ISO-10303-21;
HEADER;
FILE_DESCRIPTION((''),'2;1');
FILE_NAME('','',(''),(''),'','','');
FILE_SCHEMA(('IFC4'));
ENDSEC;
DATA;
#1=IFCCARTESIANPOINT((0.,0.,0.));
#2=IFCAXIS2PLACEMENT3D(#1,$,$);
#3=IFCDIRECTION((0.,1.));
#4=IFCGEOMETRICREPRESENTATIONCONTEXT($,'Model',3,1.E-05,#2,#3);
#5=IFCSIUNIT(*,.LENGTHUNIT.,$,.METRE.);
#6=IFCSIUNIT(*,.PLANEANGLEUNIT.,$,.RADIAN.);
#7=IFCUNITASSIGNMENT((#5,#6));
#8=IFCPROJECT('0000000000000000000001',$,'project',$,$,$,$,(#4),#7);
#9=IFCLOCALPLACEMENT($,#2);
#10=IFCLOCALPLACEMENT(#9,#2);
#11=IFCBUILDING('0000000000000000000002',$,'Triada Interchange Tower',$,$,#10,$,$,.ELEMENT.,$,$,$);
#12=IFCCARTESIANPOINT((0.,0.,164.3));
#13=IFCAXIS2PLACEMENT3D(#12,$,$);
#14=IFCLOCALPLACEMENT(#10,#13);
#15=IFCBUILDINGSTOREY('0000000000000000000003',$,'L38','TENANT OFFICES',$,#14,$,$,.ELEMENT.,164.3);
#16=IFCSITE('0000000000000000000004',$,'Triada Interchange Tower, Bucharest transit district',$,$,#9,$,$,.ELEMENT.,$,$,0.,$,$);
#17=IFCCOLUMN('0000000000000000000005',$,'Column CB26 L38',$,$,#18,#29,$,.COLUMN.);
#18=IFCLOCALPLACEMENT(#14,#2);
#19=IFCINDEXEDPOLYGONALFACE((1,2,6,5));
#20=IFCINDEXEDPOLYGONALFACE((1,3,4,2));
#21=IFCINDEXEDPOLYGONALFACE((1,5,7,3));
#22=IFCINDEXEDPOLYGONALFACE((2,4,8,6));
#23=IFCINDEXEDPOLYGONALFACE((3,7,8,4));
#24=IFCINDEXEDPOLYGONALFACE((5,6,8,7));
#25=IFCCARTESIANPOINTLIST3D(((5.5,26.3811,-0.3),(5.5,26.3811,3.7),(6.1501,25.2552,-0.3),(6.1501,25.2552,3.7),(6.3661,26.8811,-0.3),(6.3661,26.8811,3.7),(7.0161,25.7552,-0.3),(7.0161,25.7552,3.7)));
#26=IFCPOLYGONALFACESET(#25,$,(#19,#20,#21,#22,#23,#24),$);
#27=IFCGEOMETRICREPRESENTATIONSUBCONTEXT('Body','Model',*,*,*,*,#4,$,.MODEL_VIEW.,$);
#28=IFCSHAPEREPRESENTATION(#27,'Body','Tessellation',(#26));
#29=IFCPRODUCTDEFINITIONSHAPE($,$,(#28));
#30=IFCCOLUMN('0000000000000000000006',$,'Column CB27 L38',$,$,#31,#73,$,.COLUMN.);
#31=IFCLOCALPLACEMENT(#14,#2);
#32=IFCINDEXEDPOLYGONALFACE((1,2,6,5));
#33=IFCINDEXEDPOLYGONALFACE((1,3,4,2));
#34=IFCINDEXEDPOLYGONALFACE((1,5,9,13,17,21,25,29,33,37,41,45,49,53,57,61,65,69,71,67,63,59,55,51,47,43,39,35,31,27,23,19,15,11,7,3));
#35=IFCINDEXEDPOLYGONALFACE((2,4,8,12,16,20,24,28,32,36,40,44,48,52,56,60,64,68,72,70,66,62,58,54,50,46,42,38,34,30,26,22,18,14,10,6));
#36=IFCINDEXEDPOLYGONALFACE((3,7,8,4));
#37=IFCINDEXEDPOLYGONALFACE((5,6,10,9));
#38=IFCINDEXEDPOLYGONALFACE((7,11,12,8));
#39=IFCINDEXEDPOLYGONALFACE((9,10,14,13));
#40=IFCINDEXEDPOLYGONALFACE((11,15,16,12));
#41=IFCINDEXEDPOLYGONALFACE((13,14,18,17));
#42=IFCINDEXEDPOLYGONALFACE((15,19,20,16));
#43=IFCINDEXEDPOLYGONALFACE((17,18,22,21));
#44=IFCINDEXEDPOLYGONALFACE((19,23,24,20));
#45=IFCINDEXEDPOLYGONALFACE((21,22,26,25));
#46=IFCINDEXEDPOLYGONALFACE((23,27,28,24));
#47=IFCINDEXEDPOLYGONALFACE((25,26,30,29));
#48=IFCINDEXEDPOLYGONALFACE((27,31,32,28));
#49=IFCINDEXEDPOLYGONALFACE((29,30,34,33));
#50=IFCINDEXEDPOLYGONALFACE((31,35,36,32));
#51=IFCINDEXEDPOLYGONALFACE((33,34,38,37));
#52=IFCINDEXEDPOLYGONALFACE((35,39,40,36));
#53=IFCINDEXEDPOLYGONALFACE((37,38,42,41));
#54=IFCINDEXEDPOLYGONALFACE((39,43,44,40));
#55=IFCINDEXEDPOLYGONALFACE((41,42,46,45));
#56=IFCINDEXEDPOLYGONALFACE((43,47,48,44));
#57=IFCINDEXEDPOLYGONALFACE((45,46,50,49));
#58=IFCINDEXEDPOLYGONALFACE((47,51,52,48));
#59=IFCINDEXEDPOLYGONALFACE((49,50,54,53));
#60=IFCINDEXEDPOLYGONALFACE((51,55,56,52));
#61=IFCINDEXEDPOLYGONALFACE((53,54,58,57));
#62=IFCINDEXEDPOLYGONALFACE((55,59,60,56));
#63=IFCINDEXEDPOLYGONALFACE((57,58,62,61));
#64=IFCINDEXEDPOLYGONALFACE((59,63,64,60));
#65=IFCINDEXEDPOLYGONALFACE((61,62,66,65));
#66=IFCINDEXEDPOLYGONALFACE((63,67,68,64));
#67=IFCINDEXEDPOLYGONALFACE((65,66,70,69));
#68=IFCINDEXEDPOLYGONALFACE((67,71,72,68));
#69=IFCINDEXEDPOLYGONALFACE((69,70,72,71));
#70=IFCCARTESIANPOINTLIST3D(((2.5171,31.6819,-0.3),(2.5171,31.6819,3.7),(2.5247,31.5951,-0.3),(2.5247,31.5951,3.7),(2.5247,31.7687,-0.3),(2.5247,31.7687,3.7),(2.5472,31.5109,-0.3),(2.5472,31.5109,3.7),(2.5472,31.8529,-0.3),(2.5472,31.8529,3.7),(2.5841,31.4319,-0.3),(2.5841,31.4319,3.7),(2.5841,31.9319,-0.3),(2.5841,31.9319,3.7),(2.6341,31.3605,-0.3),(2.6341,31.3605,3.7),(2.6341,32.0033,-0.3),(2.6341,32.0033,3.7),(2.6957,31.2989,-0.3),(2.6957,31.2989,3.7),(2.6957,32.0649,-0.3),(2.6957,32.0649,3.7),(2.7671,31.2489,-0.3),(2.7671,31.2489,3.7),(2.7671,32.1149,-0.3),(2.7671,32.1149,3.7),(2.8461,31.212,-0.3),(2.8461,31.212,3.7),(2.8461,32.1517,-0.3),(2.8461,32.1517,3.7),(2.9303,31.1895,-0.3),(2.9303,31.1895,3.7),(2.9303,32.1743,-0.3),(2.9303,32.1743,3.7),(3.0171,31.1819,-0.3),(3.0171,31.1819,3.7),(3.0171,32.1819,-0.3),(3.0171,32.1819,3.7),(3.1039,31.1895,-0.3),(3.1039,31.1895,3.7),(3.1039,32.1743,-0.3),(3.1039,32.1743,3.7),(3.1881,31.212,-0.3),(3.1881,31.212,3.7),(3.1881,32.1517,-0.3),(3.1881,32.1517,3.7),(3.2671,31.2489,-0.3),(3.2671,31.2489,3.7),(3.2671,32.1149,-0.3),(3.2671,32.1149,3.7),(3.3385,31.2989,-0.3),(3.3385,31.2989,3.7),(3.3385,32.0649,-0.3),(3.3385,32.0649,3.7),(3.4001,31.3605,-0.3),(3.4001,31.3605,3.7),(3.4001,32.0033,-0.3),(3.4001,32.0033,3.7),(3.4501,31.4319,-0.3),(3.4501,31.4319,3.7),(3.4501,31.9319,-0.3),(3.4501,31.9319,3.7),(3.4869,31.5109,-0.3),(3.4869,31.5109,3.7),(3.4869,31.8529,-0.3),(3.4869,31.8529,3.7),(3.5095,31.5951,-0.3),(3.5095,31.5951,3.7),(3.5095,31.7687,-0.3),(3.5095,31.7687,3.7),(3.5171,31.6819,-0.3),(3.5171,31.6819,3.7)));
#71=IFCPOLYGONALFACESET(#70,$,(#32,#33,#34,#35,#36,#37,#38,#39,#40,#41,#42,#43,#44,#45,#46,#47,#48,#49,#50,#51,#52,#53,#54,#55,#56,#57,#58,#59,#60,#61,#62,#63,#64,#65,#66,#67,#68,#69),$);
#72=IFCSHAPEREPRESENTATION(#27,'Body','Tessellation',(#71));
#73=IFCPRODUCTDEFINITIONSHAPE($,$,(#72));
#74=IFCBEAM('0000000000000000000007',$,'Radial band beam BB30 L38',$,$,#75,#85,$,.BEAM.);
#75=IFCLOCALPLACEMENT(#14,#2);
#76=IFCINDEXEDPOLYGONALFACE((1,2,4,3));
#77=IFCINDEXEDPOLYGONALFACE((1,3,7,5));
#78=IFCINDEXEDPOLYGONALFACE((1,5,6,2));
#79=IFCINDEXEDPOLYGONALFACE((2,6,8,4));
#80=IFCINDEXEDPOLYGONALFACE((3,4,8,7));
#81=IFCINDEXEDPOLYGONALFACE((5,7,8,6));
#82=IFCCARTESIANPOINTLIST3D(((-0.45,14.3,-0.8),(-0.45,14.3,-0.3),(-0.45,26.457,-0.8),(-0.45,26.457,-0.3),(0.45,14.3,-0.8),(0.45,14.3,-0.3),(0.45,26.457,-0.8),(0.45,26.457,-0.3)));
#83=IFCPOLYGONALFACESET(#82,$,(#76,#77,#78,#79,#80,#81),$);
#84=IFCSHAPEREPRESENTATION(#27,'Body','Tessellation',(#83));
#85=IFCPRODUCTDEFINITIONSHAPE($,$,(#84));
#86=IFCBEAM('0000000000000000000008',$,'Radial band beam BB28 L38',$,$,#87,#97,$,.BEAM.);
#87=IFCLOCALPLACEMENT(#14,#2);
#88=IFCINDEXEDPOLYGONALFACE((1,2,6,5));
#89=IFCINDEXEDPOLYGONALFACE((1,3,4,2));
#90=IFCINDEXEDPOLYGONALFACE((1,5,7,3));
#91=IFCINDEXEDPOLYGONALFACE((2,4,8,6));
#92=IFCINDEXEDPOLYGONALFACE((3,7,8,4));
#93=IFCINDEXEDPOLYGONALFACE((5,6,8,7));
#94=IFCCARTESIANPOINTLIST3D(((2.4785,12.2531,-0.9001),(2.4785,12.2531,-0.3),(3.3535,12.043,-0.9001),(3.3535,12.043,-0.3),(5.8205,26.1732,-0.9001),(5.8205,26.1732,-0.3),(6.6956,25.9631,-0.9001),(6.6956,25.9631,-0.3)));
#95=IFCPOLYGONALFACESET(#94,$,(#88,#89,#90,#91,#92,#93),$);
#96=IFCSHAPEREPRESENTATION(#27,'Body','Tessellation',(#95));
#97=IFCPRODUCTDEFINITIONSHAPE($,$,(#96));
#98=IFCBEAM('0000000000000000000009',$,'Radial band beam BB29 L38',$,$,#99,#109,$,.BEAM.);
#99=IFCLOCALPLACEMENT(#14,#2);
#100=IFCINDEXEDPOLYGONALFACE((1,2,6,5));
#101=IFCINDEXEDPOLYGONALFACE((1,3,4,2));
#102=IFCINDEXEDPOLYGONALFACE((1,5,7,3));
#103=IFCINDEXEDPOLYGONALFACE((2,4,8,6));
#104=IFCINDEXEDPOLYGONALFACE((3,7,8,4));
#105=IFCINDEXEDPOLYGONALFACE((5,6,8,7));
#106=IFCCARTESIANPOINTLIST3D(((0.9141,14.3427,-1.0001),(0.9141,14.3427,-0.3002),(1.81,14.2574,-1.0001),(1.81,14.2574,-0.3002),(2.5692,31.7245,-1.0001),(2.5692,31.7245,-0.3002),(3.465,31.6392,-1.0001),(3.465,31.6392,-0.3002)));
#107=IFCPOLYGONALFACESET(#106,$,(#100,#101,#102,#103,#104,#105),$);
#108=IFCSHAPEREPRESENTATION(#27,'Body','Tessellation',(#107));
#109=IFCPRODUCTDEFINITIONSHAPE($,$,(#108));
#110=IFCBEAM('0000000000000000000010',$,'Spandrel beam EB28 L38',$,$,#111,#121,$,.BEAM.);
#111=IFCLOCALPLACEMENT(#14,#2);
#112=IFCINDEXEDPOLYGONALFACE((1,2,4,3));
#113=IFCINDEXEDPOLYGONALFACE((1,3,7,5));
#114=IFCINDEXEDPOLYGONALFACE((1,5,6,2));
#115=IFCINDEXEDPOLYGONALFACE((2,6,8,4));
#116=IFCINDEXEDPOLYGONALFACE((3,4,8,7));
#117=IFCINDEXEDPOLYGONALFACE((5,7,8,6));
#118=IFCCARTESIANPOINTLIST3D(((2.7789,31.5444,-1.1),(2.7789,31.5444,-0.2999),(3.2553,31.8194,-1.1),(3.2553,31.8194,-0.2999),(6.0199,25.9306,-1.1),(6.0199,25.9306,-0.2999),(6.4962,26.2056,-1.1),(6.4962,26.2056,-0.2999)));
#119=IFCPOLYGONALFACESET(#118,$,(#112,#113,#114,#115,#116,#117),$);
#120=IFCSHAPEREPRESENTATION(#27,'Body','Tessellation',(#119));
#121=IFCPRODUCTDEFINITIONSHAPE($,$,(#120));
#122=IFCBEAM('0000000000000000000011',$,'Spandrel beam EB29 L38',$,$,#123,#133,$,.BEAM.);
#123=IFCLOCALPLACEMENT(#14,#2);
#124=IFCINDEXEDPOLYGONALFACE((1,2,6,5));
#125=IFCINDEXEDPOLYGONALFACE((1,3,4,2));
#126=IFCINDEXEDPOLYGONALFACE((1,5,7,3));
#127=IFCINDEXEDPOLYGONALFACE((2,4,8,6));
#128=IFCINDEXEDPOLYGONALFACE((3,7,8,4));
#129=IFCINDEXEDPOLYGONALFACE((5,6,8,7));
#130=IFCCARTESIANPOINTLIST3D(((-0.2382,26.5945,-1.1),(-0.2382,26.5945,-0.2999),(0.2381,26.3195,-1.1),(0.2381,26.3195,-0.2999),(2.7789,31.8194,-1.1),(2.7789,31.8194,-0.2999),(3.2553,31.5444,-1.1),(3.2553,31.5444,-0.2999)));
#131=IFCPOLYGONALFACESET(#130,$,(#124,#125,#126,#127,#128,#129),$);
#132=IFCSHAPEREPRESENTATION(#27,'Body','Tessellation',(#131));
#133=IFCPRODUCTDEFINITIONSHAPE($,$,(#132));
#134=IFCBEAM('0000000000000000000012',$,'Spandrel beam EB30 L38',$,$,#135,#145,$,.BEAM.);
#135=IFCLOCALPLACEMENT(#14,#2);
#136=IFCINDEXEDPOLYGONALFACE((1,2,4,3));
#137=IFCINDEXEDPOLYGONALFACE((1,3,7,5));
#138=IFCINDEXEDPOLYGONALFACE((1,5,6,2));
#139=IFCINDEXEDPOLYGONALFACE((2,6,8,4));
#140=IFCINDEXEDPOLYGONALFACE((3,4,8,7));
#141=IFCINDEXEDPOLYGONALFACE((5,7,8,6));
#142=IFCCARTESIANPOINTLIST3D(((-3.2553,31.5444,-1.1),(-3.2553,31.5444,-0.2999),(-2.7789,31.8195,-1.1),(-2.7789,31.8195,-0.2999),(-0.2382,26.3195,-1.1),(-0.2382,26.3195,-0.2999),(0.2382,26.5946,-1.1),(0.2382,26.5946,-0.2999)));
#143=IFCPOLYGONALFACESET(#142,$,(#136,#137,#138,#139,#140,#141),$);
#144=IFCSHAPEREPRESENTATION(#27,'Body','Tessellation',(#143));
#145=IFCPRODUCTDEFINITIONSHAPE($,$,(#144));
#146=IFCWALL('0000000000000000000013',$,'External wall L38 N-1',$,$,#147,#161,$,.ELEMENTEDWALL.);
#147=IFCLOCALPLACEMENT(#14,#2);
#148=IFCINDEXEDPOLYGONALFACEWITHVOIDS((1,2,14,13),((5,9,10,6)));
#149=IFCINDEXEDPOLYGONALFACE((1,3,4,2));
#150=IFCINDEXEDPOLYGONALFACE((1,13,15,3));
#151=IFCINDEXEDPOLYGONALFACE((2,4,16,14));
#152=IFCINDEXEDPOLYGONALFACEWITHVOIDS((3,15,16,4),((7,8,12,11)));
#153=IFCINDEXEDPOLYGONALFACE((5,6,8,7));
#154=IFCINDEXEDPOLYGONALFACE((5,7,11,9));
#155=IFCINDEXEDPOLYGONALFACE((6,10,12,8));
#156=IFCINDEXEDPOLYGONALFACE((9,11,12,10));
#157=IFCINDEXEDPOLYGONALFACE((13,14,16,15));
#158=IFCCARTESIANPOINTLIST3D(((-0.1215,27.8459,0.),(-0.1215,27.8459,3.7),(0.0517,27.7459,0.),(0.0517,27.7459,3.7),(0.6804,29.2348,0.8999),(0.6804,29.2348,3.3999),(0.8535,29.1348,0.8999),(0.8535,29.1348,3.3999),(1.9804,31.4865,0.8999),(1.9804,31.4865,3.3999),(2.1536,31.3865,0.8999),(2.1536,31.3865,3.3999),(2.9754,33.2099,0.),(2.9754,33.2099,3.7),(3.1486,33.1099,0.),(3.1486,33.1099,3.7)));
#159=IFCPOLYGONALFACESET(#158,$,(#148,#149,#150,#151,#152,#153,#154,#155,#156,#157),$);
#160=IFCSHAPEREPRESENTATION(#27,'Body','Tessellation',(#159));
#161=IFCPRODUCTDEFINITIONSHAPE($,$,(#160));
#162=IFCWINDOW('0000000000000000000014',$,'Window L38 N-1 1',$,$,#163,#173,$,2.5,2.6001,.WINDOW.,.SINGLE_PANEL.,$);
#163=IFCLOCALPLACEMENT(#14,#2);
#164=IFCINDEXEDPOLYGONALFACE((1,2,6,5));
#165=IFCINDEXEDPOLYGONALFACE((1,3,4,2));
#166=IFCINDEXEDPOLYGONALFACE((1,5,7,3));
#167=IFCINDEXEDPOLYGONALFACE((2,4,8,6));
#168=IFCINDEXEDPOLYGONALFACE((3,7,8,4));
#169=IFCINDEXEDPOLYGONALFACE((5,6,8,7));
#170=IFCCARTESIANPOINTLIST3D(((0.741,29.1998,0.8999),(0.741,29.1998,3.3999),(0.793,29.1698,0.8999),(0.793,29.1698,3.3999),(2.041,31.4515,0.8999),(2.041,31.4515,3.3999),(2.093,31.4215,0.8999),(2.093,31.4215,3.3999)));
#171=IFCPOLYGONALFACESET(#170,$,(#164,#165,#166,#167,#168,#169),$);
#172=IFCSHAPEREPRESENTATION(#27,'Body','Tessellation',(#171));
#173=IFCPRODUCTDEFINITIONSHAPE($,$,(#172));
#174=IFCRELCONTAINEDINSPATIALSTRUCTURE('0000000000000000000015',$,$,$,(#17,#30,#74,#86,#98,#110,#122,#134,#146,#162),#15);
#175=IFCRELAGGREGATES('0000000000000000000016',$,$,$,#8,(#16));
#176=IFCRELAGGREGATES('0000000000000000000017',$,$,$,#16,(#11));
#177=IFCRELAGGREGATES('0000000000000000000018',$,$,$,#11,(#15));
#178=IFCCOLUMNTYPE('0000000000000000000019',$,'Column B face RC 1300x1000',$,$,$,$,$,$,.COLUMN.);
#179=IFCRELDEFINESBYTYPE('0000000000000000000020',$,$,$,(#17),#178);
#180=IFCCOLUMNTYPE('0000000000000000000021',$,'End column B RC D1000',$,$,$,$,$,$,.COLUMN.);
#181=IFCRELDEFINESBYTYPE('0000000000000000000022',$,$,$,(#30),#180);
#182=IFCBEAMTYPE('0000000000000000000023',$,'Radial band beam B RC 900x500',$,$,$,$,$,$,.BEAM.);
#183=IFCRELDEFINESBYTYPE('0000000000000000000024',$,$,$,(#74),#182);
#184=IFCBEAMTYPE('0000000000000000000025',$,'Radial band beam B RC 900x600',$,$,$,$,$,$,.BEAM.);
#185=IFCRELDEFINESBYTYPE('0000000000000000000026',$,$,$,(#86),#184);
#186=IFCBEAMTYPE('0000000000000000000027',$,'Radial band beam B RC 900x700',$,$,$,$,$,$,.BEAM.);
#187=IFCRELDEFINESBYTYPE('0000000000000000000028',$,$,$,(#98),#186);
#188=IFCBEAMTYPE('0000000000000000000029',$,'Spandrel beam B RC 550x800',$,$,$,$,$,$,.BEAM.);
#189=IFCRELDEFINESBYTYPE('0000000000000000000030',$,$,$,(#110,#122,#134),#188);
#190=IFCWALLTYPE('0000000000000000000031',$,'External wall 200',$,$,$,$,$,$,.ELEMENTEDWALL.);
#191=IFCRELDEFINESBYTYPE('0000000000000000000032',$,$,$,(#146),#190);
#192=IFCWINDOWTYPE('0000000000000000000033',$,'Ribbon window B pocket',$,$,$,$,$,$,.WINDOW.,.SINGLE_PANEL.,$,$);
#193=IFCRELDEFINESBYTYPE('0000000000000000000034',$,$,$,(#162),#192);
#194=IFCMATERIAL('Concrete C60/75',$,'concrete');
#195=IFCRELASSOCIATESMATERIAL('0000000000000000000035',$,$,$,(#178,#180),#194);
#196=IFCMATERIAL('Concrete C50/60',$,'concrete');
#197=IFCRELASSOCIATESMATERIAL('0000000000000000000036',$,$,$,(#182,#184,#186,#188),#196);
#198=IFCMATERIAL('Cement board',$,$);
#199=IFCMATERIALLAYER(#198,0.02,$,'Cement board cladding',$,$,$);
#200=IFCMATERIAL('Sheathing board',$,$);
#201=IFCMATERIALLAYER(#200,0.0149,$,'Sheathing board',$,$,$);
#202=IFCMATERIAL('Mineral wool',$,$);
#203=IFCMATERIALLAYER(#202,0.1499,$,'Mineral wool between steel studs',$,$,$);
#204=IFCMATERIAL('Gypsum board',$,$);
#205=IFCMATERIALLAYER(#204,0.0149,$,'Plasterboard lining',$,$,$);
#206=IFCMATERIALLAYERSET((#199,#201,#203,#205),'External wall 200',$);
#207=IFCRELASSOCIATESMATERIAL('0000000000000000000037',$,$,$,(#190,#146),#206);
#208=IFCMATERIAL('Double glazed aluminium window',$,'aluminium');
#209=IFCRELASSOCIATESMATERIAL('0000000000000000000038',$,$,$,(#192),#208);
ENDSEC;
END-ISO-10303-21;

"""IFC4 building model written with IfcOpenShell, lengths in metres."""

from ifc_helpers import new_model, si_unit, direction, frame, frame_2d, origin, origin_2d, place, context, subcontext, project, spatial, rectangle, circle, extrude, material, layer, layer_set, layer_usage, material_profile, profile_set, type_object, element, fill, save


model = new_model("IFC4")

# Units and contexts
model_context = context("Model", 3, precision=1e-05, world=origin(), true_north=direction((0.0, 1.0)))
body_context = subcontext(model_context, "Body", "Model", "MODEL_VIEW")
ifc_project = project(units=[si_unit("LENGTHUNIT", "METRE"), si_unit("PLANEANGLEUNIT", "RADIAN")], contexts=[model_context])

# Site, building, storey
site_placement = place(None, origin())
site = spatial("IfcSite", under=ifc_project, at=site_placement, Name="Triada Interchange Tower, Bucharest transit district", CompositionType="ELEMENT", RefElevation=0.0)
building_placement = place(site_placement, origin())
building = spatial("IfcBuilding", under=site, at=building_placement, Name="Triada Interchange Tower", CompositionType="ELEMENT")
storey_placement = place(building_placement, frame((0.0, 0.0, 164.3)))
storey = spatial("IfcBuildingStorey", under=building, at=storey_placement, Name="L38", Description="TENANT OFFICES", CompositionType="ELEMENT", Elevation=164.3)

# Columns
ifc_material_1 = material(Name="Concrete C60/75", Category="concrete")
ifc_material_profile_1 = material_profile(ifc_material_1, rectangle(XDim=1.3, YDim=1.0, at=origin_2d()), Name="RC 1300x1000")
ifc_profile_set_1 = profile_set([ifc_material_profile_1], Name="Concrete C60/75")
column_type_1 = type_object("IfcColumnType", Name="Column B face RC 1300x1000", PredefinedType="COLUMN", material=ifc_profile_set_1)
column_1_placement = place(storey_placement, frame((6.2581, 26.0681, -0.3), z_axis=(0.0, 0.0, 1.0), x_axis=(-0.5, 0.866025, 0.0)))
element("IfcColumn", 1, at=column_1_placement, inside=storey, type_object=column_type_1, Name="Column CB26 L38", PredefinedType="COLUMN", context=body_context, shape_type="SweptSolid", body=[
    extrude(rectangle(XDim=1.3, YDim=1.0, at=origin_2d()), origin(), (0.0, 0.0, 1.0), 4.0),
])
ifc_material_profile_2 = material_profile(ifc_material_1, circle(Radius=0.5, at=origin_2d()), Name="RC D1000")
ifc_profile_set_2 = profile_set([ifc_material_profile_2], Name="Concrete C60/75")
column_type_2 = type_object("IfcColumnType", Name="End column B RC D1000", PredefinedType="COLUMN", material=ifc_profile_set_2)
column_2_placement = place(storey_placement, frame((3.0171, 31.6819, -0.3), z_axis=(0.0, 0.0, 1.0), x_axis=(-0.5, 0.866025, 0.0)))
element("IfcColumn", 2, at=column_2_placement, inside=storey, type_object=column_type_2, Name="Column CB27 L38", PredefinedType="COLUMN", context=body_context, shape_type="SweptSolid", body=[
    extrude(circle(Radius=0.5, at=origin_2d()), origin(), (0.0, 0.0, 1.0), 4.0),
])

# Beams
ifc_material_2 = material(Name="Concrete C50/60", Category="concrete")
ifc_material_profile_3 = material_profile(ifc_material_2, rectangle(XDim=0.8999, YDim=0.5, at=origin_2d()), Name="RC 900x500")
ifc_profile_set_3 = profile_set([ifc_material_profile_3], Name="Concrete C50/60")
beam_type_1 = type_object("IfcBeamType", Name="Radial band beam B RC 900x500", PredefinedType="BEAM", material=ifc_profile_set_3)
beam_1_placement = place(storey_placement, frame((0.0, 26.457, -0.55), z_axis=(0.0, -1.0, 0.0), x_axis=(1.0, 0.0, 0.0)))
element("IfcBeam", 3, at=beam_1_placement, inside=storey, type_object=beam_type_1, Name="Radial band beam BB30 L38", PredefinedType="BEAM", context=body_context, shape_type="SweptSolid", body=[
    extrude(rectangle(XDim=0.8999, YDim=0.5, at=origin_2d()), origin(), (0.0, 0.0, 1.0), 12.157),
])
ifc_material_profile_4 = material_profile(ifc_material_2, rectangle(XDim=0.8999, YDim=0.6001, at=origin_2d()), Name="RC 900x600")
ifc_profile_set_4 = profile_set([ifc_material_profile_4], Name="Concrete C50/60")
beam_type_2 = type_object("IfcBeamType", Name="Radial band beam B RC 900x600", PredefinedType="BEAM", material=ifc_profile_set_4)
beam_2_placement = place(storey_placement, frame((6.2581, 26.0681, -0.6001), z_axis=(-0.233452, -0.972368, 0.0), x_axis=(0.972368, -0.233452, 0.0)))
element("IfcBeam", 4, at=beam_2_placement, inside=storey, type_object=beam_type_2, Name="Radial band beam BB28 L38", PredefinedType="BEAM", context=body_context, shape_type="SweptSolid", body=[
    extrude(rectangle(XDim=0.8999, YDim=0.6001, at=origin_2d()), origin(), (0.0, 0.0, 1.0), 14.3157),
])
ifc_material_profile_5 = material_profile(ifc_material_2, rectangle(XDim=0.8999, YDim=0.7, at=origin_2d()), Name="RC 900x700")
ifc_profile_set_5 = profile_set([ifc_material_profile_5], Name="Concrete C50/60")
beam_type_3 = type_object("IfcBeamType", Name="Radial band beam B RC 900x700", PredefinedType="BEAM", material=ifc_profile_set_5)
beam_3_placement = place(storey_placement, frame((3.0171, 31.6819, -0.6501), z_axis=(-0.094787, -0.995498, 0.0), x_axis=(0.995498, -0.094787, 0.0)))
element("IfcBeam", 5, at=beam_3_placement, inside=storey, type_object=beam_type_3, Name="Radial band beam BB29 L38", PredefinedType="BEAM", context=body_context, shape_type="SweptSolid", body=[
    extrude(rectangle(XDim=0.8999, YDim=0.7, at=origin_2d()), origin(), (0.0, 0.0, 1.0), 17.4604),
])
ifc_material_profile_6 = material_profile(ifc_material_2, rectangle(XDim=0.55, YDim=0.8, at=origin_2d()), Name="RC 550x800")
ifc_profile_set_6 = profile_set([ifc_material_profile_6], Name="Concrete C50/60")
beam_type_4 = type_object("IfcBeamType", Name="Spandrel beam B RC 550x800", PredefinedType="BEAM", material=ifc_profile_set_6)
beam_4_placement = place(storey_placement, frame((6.2581, 26.0681, -0.7), z_axis=(-0.499983, 0.866035, 0.0), x_axis=(-0.866035, -0.499983, 0.0)))
element("IfcBeam", 6, at=beam_4_placement, inside=storey, type_object=beam_type_4, Name="Spandrel beam EB28 L38", PredefinedType="BEAM", context=body_context, shape_type="SweptSolid", body=[
    extrude(rectangle(XDim=0.55, YDim=0.8, at=origin_2d()), origin(), (0.0, 0.0, 1.0), 6.4822),
])
for number, where, z_axis, x_axis, name in (
    (7, (3.0171, 31.6819, -0.7), (-0.500065, -0.865988, 0.0), (0.865988, -0.500065, 0.0), "Spandrel beam EB29 L38"),
    (8, (0.0, 26.457, -0.7), (-0.500065, 0.865988, 0.0), (-0.865988, -0.500065, 0.0), "Spandrel beam EB30 L38"),
):
    element("IfcBeam", number, at=place(storey_placement, frame(where, z_axis=z_axis, x_axis=x_axis)), inside=storey, type_object=beam_type_4, Name=name, PredefinedType="BEAM", context=body_context, shape_type="SweptSolid", body=[
        extrude(rectangle(XDim=0.55, YDim=0.8, at=origin_2d()), origin(), (0.0, 0.0, 1.0), 6.0334),
    ])

# Wall, opening, window
ifc_material_3 = material(Name="Cement board")
ifc_layer_1 = layer(ifc_material_3, 0.02, Name="Cement board cladding")
ifc_material_4 = material(Name="Sheathing board")
ifc_layer_2 = layer(ifc_material_4, 0.0149, Name="Sheathing board")
ifc_material_5 = material(Name="Mineral wool")
ifc_layer_3 = layer(ifc_material_5, 0.1499, Name="Mineral wool between steel studs")
ifc_material_6 = material(Name="Gypsum board")
ifc_layer_4 = layer(ifc_material_6, 0.0149, Name="Plasterboard lining")
ifc_layer_set_1 = layer_set([ifc_layer_1, ifc_layer_2, ifc_layer_3, ifc_layer_4], Name="External wall 200")
ifc_layer_usage = layer_usage(ifc_layer_set_1, "AXIS2", "POSITIVE", -0.1001)
wall_type_1 = type_object("IfcWallType", Name="External wall 200", PredefinedType="ELEMENTEDWALL", material=ifc_layer_set_1)
wall_1_placement = place(storey_placement, frame((3.062, 33.1599, 0.0), z_axis=(0.0, 0.0, 1.0), x_axis=(-0.500001, -0.866025, 0.0)))
wall_1 = element("IfcWall", 9, at=wall_1_placement, inside=storey, type_object=wall_type_1, material=ifc_layer_usage, Name="External wall L38 N-1", PredefinedType="ELEMENTEDWALL", context=body_context, shape_type="SweptSolid", body=[
    extrude(rectangle(XDim=6.1938, YDim=0.2, at=frame_2d((3.0969, 0.0))), origin(), (0.0, 0.0, 1.0), 3.7),
])
opening_1_placement = place(wall_1_placement, frame((1.99, 0.0, 0.8999)))
opening_1 = element("IfcOpeningElement", 10, at=opening_1_placement, cuts=wall_1, PredefinedType="OPENING", context=body_context, shape_type="SweptSolid", body=[
    extrude(rectangle(XDim=2.6001, YDim=2.5, at=frame_2d((1.3, 1.25))), frame((0.0, 0.1099, 0.0), z_axis=(0.0, -1.0, 0.0), x_axis=(1.0, 0.0, 0.0)), (0.0, 0.0, 1.0), 0.22),
])
ifc_material_7 = material(Name="Double glazed aluminium window", Category="aluminium")
window_type = type_object("IfcWindowType", Name="Ribbon window B pocket", PartitioningType="SINGLE_PANEL", PredefinedType="WINDOW", material=ifc_material_7)
window_1_placement = place(opening_1_placement, origin())
window_1 = element("IfcWindow", 11, at=window_1_placement, inside=storey, type_object=window_type, Name="Window L38 N-1 1", OverallHeight=2.5, OverallWidth=2.6001, PartitioningType="SINGLE_PANEL", PredefinedType="WINDOW", context=body_context, shape_type="SweptSolid", body=[
    extrude(rectangle(XDim=2.6001, YDim=2.5, at=frame_2d((1.3, 1.25))), frame((0.0, 0.03, 0.0), z_axis=(0.0, -1.0, 0.0), x_axis=(1.0, 0.0, 0.0)), (0.0, 0.0, 1.0), 0.0601),
])
fill(opening_1, window_1)

save(model, "model.ifc")
